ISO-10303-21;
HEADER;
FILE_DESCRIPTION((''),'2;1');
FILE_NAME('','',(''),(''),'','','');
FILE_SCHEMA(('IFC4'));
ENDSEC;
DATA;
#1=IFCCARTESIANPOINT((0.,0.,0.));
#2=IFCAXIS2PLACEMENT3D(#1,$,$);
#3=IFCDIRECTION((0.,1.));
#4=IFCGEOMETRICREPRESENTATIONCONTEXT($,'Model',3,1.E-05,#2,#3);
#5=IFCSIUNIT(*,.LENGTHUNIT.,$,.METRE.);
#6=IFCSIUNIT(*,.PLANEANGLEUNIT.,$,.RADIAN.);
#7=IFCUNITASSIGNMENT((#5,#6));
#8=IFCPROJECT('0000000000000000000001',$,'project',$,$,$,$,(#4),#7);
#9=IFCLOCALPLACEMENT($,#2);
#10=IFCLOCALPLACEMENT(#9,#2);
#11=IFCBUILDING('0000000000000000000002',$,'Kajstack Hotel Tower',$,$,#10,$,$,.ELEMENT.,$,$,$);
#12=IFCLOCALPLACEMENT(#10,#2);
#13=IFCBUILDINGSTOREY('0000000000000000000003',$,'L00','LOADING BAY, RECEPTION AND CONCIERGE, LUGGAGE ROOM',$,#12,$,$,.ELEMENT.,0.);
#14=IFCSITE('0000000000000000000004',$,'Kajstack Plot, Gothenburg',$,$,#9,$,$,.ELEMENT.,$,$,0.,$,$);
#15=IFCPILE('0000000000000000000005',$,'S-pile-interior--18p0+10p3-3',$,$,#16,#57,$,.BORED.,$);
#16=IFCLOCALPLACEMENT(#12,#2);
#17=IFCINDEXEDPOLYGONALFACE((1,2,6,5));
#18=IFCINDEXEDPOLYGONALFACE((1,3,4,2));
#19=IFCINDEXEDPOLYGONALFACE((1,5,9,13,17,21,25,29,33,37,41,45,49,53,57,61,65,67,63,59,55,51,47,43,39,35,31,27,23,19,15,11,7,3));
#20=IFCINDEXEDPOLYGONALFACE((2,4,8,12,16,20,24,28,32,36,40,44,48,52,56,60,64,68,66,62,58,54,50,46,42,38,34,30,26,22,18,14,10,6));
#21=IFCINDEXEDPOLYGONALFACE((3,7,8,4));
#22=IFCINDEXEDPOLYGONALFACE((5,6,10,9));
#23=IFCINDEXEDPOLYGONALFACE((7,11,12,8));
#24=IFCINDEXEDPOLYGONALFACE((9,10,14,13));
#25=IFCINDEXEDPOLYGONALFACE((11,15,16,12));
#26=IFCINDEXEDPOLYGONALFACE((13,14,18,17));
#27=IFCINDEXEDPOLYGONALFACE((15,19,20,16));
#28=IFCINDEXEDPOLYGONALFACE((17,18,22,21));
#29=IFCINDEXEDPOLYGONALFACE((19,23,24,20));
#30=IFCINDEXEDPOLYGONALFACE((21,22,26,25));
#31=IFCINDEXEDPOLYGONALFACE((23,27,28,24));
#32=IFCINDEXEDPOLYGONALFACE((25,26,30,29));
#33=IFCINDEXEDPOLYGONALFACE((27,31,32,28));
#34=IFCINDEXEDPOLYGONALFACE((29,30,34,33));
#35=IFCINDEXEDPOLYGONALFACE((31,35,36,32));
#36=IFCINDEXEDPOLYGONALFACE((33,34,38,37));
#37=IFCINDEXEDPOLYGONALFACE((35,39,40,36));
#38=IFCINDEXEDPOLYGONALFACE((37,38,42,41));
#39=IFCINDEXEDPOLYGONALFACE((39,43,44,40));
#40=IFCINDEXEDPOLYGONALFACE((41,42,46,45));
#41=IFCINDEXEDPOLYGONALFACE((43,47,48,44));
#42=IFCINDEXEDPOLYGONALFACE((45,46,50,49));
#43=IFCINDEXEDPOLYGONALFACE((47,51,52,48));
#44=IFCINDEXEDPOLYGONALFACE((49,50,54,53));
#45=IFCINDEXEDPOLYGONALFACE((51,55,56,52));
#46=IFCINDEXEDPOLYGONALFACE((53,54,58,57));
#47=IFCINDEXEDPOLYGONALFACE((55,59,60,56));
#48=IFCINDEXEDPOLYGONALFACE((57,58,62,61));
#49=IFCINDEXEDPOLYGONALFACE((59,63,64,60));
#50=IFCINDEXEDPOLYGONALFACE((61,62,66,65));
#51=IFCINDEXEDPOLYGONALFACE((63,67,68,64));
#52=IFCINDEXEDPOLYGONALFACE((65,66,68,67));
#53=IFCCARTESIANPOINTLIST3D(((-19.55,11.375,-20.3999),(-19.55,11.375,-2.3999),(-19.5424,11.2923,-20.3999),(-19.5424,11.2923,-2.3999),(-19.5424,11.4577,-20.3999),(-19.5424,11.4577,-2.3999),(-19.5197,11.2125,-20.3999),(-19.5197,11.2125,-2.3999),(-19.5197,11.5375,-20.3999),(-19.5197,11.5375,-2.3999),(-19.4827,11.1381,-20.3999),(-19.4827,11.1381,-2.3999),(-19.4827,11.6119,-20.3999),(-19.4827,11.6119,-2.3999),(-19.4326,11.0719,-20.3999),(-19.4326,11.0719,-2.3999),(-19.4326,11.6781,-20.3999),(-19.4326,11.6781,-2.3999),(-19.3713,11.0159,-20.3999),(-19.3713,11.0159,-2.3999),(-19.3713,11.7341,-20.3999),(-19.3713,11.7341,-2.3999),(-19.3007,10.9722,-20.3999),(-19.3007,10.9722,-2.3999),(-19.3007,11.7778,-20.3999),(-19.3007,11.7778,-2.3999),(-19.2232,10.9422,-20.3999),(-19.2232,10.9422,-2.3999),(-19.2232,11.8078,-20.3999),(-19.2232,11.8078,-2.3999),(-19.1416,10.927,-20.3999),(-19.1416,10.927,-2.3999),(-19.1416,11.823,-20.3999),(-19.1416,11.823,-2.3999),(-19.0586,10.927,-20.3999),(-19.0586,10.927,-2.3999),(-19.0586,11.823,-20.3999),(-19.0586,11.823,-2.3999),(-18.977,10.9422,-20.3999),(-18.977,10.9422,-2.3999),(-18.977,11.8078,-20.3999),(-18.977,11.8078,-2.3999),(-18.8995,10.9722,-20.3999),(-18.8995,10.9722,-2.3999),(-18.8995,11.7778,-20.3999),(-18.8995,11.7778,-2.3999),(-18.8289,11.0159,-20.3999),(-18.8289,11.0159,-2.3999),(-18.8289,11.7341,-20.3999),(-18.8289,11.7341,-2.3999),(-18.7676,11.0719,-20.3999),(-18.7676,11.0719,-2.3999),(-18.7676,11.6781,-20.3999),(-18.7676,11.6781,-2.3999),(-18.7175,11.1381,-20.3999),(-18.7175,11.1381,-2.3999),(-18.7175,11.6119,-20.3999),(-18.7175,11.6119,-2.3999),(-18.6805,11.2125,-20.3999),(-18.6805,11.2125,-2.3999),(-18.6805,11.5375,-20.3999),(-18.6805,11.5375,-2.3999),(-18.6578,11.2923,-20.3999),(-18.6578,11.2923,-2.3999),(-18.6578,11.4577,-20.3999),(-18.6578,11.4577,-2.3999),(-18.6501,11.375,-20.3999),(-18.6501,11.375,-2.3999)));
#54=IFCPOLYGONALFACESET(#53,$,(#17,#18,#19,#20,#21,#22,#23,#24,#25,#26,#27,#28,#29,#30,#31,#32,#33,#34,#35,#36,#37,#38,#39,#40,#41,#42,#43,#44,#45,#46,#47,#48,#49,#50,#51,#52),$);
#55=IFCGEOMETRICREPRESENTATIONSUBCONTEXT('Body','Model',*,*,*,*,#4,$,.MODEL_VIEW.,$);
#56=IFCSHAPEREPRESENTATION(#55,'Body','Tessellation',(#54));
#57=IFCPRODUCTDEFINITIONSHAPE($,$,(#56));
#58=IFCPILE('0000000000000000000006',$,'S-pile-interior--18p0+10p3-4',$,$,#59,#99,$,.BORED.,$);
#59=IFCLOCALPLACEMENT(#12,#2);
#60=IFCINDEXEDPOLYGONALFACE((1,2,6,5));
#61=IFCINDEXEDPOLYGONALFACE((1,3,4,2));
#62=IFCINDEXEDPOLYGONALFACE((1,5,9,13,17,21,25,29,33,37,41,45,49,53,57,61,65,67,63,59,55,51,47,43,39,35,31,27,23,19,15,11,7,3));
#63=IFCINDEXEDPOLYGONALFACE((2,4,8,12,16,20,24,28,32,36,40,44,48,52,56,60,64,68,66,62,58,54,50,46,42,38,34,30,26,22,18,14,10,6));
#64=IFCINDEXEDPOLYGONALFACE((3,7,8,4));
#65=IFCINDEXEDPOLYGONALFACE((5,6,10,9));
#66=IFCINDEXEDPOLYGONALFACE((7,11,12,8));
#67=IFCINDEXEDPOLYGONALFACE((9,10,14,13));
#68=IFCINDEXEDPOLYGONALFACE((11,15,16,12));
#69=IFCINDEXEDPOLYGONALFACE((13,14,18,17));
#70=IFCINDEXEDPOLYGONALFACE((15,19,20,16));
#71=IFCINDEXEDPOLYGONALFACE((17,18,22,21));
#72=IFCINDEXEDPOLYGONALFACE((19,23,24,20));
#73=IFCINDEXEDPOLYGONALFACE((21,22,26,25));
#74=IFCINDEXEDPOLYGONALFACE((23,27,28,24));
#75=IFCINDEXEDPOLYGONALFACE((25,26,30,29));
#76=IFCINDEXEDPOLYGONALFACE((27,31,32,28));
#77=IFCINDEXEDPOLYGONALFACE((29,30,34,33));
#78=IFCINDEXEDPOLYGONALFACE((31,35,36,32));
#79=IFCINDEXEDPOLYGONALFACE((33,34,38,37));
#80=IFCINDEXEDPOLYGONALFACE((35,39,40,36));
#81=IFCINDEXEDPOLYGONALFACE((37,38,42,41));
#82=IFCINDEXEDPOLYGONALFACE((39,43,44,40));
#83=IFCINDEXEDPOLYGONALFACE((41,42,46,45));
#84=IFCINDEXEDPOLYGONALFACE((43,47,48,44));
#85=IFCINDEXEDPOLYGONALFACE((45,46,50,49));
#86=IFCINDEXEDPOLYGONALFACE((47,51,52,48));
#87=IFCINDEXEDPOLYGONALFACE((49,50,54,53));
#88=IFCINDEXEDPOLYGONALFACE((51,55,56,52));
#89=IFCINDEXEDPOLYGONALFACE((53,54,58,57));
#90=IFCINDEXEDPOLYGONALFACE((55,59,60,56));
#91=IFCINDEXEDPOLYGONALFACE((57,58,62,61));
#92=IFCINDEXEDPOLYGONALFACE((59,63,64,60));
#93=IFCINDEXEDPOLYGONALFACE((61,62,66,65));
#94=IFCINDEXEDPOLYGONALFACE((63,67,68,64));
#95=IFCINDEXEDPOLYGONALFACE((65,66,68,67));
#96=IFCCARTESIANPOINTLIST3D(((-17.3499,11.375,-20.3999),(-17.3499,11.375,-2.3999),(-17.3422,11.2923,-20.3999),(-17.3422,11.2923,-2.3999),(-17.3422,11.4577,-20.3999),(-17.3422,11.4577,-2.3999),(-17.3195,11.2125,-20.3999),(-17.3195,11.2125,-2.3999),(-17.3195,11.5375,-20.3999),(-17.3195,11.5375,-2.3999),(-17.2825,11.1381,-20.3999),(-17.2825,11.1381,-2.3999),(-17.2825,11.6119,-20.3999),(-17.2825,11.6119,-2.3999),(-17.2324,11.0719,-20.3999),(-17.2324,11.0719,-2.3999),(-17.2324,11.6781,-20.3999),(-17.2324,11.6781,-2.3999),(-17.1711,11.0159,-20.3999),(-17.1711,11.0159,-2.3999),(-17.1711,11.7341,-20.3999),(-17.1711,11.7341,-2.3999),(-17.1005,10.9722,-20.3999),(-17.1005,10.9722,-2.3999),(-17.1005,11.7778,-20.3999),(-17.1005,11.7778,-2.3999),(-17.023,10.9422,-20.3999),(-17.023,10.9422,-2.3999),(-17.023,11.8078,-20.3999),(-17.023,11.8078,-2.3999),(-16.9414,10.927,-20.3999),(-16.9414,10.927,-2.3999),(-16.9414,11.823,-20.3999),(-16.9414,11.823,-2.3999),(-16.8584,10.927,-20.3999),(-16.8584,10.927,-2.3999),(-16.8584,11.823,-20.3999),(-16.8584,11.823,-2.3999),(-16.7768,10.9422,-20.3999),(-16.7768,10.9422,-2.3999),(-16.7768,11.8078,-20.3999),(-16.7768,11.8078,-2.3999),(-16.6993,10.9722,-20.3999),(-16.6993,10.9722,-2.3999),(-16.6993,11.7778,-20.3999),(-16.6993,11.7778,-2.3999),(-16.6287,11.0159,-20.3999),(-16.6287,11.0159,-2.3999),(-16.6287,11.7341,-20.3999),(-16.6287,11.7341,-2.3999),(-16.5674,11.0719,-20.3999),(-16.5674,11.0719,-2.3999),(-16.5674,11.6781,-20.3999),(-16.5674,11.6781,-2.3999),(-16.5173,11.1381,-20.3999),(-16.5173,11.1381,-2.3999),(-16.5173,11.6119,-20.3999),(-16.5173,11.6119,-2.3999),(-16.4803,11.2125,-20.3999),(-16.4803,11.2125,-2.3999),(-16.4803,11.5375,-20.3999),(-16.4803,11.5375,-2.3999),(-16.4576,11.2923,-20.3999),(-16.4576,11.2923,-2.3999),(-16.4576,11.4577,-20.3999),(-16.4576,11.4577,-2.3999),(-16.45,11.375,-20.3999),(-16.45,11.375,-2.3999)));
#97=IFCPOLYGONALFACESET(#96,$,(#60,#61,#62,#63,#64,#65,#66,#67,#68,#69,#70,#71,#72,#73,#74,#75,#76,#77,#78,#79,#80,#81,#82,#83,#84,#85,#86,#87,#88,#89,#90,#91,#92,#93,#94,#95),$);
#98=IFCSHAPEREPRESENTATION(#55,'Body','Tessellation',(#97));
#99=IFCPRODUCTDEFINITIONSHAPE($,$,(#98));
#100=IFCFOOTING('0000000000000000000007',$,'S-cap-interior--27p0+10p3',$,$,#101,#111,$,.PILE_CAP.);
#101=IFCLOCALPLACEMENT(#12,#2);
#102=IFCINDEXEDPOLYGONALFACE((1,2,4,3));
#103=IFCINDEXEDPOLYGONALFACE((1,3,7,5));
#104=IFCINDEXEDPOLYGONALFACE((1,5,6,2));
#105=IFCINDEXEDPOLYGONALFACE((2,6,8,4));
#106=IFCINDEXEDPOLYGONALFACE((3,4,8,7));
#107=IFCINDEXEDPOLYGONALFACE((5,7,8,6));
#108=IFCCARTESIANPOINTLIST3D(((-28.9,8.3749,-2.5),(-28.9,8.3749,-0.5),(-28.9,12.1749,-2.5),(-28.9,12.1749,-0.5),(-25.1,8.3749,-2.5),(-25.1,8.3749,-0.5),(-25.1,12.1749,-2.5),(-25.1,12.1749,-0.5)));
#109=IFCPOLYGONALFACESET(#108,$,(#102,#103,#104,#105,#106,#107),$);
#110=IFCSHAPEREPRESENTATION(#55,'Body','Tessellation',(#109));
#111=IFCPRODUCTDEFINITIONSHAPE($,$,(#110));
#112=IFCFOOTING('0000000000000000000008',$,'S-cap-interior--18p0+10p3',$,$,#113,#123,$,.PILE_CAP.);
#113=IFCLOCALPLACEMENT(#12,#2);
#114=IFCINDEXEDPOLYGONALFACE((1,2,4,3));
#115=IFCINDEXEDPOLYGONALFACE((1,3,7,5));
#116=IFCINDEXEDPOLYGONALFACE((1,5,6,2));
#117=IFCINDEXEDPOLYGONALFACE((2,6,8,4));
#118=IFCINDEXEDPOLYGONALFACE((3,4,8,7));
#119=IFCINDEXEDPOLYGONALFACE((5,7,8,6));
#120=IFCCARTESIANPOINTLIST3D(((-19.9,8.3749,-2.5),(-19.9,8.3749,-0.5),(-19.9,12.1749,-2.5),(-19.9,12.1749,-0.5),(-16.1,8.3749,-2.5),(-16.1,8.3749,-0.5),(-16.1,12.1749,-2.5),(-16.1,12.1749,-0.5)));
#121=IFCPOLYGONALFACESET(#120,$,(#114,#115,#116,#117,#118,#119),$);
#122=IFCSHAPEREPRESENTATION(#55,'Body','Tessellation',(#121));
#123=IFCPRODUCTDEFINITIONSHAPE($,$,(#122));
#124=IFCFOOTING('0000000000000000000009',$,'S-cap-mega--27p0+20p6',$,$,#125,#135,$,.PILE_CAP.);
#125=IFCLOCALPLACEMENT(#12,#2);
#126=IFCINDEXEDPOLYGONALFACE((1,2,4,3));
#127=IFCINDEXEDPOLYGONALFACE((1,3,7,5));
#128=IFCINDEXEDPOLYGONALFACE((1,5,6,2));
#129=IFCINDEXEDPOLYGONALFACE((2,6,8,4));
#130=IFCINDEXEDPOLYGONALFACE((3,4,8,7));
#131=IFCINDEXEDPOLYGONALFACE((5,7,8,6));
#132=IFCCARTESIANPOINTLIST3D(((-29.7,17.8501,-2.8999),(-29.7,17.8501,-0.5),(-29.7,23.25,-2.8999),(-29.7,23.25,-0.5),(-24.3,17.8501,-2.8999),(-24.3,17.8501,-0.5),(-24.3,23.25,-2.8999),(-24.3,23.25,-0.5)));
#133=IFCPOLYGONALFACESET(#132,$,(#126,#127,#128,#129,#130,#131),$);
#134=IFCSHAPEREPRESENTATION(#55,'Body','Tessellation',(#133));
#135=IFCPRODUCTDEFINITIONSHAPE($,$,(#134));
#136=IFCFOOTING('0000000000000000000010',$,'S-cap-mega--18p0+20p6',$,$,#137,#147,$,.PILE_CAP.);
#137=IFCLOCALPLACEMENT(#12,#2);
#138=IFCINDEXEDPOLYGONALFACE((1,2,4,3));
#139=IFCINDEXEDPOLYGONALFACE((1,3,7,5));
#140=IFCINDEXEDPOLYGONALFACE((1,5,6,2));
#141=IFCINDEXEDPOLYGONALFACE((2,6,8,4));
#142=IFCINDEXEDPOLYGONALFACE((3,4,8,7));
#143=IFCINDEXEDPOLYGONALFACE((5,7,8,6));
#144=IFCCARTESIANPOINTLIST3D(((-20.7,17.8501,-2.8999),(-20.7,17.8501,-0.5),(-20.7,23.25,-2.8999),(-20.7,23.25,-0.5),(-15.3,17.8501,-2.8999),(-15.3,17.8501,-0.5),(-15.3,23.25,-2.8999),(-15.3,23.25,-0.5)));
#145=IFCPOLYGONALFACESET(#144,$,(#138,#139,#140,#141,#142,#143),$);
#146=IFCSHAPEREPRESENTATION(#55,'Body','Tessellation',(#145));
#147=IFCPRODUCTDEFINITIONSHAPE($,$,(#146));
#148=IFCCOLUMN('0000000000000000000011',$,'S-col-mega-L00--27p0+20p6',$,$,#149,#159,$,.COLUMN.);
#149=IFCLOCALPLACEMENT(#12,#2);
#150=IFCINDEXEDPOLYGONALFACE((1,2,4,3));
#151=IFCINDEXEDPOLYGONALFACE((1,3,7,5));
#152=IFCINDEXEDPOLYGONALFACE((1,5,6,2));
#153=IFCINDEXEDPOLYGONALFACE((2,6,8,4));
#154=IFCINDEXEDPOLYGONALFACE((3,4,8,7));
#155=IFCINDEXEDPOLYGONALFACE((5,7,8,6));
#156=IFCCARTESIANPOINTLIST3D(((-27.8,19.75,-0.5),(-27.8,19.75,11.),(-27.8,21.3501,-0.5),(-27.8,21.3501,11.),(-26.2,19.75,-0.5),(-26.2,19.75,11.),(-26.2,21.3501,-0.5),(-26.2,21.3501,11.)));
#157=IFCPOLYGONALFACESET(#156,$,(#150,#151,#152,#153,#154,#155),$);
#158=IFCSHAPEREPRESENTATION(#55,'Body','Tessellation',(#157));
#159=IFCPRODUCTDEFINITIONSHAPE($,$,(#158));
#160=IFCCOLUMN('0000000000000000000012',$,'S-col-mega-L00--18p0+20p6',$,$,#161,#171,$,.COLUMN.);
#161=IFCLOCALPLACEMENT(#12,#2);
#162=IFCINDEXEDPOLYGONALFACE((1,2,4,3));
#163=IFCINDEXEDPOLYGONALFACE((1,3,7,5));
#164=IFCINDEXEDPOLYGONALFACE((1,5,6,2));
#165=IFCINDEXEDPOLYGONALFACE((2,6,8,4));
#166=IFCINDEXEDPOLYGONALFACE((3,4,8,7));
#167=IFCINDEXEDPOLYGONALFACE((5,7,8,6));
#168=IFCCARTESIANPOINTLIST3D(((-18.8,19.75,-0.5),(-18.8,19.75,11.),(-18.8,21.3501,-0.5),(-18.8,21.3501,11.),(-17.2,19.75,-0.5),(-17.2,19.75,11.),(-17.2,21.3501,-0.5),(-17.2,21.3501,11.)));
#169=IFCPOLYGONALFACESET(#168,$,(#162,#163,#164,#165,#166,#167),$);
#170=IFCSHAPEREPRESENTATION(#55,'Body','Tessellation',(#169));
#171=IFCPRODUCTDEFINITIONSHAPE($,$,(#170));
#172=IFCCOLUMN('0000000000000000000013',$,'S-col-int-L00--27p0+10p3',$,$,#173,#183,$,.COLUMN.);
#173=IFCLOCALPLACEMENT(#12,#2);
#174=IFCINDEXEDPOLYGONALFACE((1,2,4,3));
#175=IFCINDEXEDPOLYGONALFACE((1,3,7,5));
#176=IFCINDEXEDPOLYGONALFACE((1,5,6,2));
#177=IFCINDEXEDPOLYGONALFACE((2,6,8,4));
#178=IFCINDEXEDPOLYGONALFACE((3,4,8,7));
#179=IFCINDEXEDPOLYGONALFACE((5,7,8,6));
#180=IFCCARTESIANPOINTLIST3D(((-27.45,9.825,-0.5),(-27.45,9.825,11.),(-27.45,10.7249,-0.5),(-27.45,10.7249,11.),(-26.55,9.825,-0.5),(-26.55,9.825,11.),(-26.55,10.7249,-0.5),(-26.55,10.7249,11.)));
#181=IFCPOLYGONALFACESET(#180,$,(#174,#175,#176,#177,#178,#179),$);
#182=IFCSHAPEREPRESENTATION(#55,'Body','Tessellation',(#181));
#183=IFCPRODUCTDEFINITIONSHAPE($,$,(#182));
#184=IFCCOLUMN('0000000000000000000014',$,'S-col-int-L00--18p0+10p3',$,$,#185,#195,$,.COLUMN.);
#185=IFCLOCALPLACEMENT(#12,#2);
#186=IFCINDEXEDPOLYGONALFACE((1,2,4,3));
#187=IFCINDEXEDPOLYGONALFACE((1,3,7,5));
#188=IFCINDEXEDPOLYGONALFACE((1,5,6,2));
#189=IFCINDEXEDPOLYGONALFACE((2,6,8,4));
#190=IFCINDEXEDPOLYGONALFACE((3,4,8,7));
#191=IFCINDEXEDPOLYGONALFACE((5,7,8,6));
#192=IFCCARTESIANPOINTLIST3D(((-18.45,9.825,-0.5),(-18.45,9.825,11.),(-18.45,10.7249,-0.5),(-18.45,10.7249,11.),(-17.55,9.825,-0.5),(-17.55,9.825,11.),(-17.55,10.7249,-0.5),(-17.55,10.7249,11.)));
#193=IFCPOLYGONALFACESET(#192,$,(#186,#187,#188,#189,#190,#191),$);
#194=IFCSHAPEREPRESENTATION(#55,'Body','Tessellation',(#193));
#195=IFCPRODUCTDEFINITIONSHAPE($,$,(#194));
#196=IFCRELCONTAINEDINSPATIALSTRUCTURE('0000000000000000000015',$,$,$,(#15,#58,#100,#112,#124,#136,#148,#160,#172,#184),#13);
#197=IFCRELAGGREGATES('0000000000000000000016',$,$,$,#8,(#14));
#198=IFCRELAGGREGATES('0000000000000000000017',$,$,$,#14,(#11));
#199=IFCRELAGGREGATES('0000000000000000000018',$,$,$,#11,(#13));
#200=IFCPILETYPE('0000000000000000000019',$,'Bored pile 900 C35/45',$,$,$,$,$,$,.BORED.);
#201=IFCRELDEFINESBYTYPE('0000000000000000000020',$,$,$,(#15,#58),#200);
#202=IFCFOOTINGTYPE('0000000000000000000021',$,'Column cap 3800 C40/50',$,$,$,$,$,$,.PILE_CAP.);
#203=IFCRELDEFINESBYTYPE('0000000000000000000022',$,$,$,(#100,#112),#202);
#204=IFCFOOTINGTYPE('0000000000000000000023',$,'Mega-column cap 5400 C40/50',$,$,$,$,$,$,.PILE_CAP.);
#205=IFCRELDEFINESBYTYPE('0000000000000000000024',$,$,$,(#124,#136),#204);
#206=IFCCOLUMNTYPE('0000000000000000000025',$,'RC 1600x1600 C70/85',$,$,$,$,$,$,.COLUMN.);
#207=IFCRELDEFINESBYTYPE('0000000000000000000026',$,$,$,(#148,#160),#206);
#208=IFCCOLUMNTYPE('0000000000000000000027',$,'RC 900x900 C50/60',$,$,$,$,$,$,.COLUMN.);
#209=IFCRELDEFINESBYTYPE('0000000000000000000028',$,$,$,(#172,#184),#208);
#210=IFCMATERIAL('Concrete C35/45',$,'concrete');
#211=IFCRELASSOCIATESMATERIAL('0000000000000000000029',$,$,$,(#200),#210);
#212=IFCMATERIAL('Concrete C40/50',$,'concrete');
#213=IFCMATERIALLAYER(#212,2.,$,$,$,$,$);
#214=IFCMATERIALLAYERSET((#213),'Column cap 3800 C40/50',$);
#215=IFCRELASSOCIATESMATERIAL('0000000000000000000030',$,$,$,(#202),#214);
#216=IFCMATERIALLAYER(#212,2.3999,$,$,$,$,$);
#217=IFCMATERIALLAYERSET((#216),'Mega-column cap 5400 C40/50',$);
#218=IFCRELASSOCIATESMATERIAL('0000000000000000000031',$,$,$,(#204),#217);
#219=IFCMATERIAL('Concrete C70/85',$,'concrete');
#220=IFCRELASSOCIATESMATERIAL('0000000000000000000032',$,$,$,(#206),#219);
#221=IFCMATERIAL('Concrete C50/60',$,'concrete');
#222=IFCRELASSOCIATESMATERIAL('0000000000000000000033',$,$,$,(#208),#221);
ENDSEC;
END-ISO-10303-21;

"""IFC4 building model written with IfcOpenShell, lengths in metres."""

from ifc_helpers import new_model, si_unit, direction, frame, origin, origin_2d, place, context, subcontext, project, spatial, rectangle, circle, extrude, material, layer, layer_set, material_profile, profile_set, type_object, element, save


model = new_model("IFC4")

# Units and contexts
model_context = context("Model", 3, precision=1e-05, world=origin(), true_north=direction((0.0, 1.0)))
body_context = subcontext(model_context, "Body", "Model", "MODEL_VIEW")
ifc_project = project(units=[si_unit("LENGTHUNIT", "METRE"), si_unit("PLANEANGLEUNIT", "RADIAN")], contexts=[model_context])

# Site, building, storey
site_placement = place(None, origin())
site = spatial("IfcSite", under=ifc_project, at=site_placement, Name="Kajstack Plot, Gothenburg", CompositionType="ELEMENT", RefElevation=0.0)
building_placement = place(site_placement, origin())
building = spatial("IfcBuilding", under=site, at=building_placement, Name="Kajstack Hotel Tower", CompositionType="ELEMENT")
storey_placement = place(building_placement, origin())
storey = spatial("IfcBuildingStorey", under=building, at=storey_placement, Name="L00", Description="LOADING BAY, RECEPTION AND CONCIERGE, LUGGAGE ROOM", CompositionType="ELEMENT", Elevation=0.0)

# Piles
ifc_material_1 = material(Name="Concrete C35/45", Category="concrete")
ifc_material_profile_1 = material_profile(ifc_material_1, circle(Radius=0.45, at=origin_2d()), Name="RC round 900")
ifc_profile_set_1 = profile_set([ifc_material_profile_1], Name="Concrete C35/45")
pile_type_1 = type_object("IfcPileType", Name="Bored pile 900 C35/45", PredefinedType="BORED", material=ifc_profile_set_1)
for number, where, z_axis, x_axis, name in (
    (1, (-19.1001, 11.375, -2.3999), (0.0, 0.0, -1.0), (1.0, 0.0, 0.0), "S-pile-interior--18p0+10p3-3"),
    (2, (-16.8999, 11.375, -2.3999), (0.0, 0.0, -1.0), (1.0, 0.0, 0.0), "S-pile-interior--18p0+10p3-4"),
):
    element("IfcPile", number, at=place(storey_placement, frame(where, z_axis=z_axis, x_axis=x_axis)), inside=storey, type_object=pile_type_1, Name=name, PredefinedType="BORED", context=body_context, shape_type="SweptSolid", body=[
        extrude(circle(Radius=0.45, at=origin_2d()), origin(), (0.0, 0.0, 1.0), 18.0),
    ])

# Footings
ifc_material_2 = material(Name="Concrete C40/50", Category="concrete")
ifc_layer_1 = layer(ifc_material_2, 2.0)
ifc_layer_set_1 = layer_set([ifc_layer_1], Name="Column cap 3800 C40/50")
footing_type_1 = type_object("IfcFootingType", Name="Column cap 3800 C40/50", PredefinedType="PILE_CAP", material=ifc_layer_set_1)
for number, where, z_axis, x_axis, name in (
    (3, (-27.0, 10.2749, -2.5), (0.0, 0.0, 1.0), (1.0, 0.0, 0.0), "S-cap-interior--27p0+10p3"),
    (4, (-18.0, 10.2749, -2.5), (0.0, 0.0, 1.0), (1.0, 0.0, 0.0), "S-cap-interior--18p0+10p3"),
):
    element("IfcFooting", number, at=place(storey_placement, frame(where, z_axis=z_axis, x_axis=x_axis)), inside=storey, type_object=footing_type_1, Name=name, PredefinedType="PILE_CAP", context=body_context, shape_type="SweptSolid", body=[
        extrude(rectangle(XDim=3.8, YDim=3.8, at=origin_2d()), origin(), (0.0, 0.0, 1.0), 2.0),
    ])
ifc_layer_2 = layer(ifc_material_2, 2.3999)
ifc_layer_set_2 = layer_set([ifc_layer_2], Name="Mega-column cap 5400 C40/50")
footing_type_2 = type_object("IfcFootingType", Name="Mega-column cap 5400 C40/50", PredefinedType="PILE_CAP", material=ifc_layer_set_2)
for number, where, z_axis, x_axis, name in (
    (5, (-27.0, 20.55, -2.8999), (0.0, 0.0, 1.0), (1.0, 0.0, 0.0), "S-cap-mega--27p0+20p6"),
    (6, (-18.0, 20.55, -2.8999), (0.0, 0.0, 1.0), (1.0, 0.0, 0.0), "S-cap-mega--18p0+20p6"),
):
    element("IfcFooting", number, at=place(storey_placement, frame(where, z_axis=z_axis, x_axis=x_axis)), inside=storey, type_object=footing_type_2, Name=name, PredefinedType="PILE_CAP", context=body_context, shape_type="SweptSolid", body=[
        extrude(rectangle(XDim=5.3999, YDim=5.3999, at=origin_2d()), origin(), (0.0, 0.0, 1.0), 2.3999),
    ])

# Columns
ifc_material_3 = material(Name="Concrete C70/85", Category="concrete")
ifc_material_profile_2 = material_profile(ifc_material_3, rectangle(XDim=1.6001, YDim=1.6001, at=origin_2d()), Name="RC 1600x1600")
ifc_profile_set_2 = profile_set([ifc_material_profile_2], Name="Concrete C70/85")
column_type_1 = type_object("IfcColumnType", Name="RC 1600x1600 C70/85", PredefinedType="COLUMN", material=ifc_profile_set_2)
for number, where, z_axis, x_axis, name in (
    (7, (-27.0, 20.55, -0.5), (0.0, 0.0, 1.0), (1.0, 0.0, 0.0), "S-col-mega-L00--27p0+20p6"),
    (8, (-18.0, 20.55, -0.5), (0.0, 0.0, 1.0), (1.0, 0.0, 0.0), "S-col-mega-L00--18p0+20p6"),
):
    element("IfcColumn", number, at=place(storey_placement, frame(where, z_axis=z_axis, x_axis=x_axis)), inside=storey, type_object=column_type_1, Name=name, PredefinedType="COLUMN", context=body_context, shape_type="SweptSolid", body=[
        extrude(rectangle(XDim=1.6001, YDim=1.6001, at=origin_2d()), origin(), (0.0, 0.0, 1.0), 11.5),
    ])
ifc_material_4 = material(Name="Concrete C50/60", Category="concrete")
ifc_material_profile_3 = material_profile(ifc_material_4, rectangle(XDim=0.8999, YDim=0.8999, at=origin_2d()), Name="RC 900x900")
ifc_profile_set_3 = profile_set([ifc_material_profile_3], Name="Concrete C50/60")
column_type_2 = type_object("IfcColumnType", Name="RC 900x900 C50/60", PredefinedType="COLUMN", material=ifc_profile_set_3)
for number, where, z_axis, x_axis, name in (
    (9, (-27.0, 10.2749, -0.5), (0.0, 0.0, 1.0), (1.0, 0.0, 0.0), "S-col-int-L00--27p0+10p3"),
    (10, (-18.0, 10.2749, -0.5), (0.0, 0.0, 1.0), (1.0, 0.0, 0.0), "S-col-int-L00--18p0+10p3"),
):
    element("IfcColumn", number, at=place(storey_placement, frame(where, z_axis=z_axis, x_axis=x_axis)), inside=storey, type_object=column_type_2, Name=name, PredefinedType="COLUMN", context=body_context, shape_type="SweptSolid", body=[
        extrude(rectangle(XDim=0.8999, YDim=0.8999, at=origin_2d()), origin(), (0.0, 0.0, 1.0), 11.5),
    ])

save(model, "model.ifc")
